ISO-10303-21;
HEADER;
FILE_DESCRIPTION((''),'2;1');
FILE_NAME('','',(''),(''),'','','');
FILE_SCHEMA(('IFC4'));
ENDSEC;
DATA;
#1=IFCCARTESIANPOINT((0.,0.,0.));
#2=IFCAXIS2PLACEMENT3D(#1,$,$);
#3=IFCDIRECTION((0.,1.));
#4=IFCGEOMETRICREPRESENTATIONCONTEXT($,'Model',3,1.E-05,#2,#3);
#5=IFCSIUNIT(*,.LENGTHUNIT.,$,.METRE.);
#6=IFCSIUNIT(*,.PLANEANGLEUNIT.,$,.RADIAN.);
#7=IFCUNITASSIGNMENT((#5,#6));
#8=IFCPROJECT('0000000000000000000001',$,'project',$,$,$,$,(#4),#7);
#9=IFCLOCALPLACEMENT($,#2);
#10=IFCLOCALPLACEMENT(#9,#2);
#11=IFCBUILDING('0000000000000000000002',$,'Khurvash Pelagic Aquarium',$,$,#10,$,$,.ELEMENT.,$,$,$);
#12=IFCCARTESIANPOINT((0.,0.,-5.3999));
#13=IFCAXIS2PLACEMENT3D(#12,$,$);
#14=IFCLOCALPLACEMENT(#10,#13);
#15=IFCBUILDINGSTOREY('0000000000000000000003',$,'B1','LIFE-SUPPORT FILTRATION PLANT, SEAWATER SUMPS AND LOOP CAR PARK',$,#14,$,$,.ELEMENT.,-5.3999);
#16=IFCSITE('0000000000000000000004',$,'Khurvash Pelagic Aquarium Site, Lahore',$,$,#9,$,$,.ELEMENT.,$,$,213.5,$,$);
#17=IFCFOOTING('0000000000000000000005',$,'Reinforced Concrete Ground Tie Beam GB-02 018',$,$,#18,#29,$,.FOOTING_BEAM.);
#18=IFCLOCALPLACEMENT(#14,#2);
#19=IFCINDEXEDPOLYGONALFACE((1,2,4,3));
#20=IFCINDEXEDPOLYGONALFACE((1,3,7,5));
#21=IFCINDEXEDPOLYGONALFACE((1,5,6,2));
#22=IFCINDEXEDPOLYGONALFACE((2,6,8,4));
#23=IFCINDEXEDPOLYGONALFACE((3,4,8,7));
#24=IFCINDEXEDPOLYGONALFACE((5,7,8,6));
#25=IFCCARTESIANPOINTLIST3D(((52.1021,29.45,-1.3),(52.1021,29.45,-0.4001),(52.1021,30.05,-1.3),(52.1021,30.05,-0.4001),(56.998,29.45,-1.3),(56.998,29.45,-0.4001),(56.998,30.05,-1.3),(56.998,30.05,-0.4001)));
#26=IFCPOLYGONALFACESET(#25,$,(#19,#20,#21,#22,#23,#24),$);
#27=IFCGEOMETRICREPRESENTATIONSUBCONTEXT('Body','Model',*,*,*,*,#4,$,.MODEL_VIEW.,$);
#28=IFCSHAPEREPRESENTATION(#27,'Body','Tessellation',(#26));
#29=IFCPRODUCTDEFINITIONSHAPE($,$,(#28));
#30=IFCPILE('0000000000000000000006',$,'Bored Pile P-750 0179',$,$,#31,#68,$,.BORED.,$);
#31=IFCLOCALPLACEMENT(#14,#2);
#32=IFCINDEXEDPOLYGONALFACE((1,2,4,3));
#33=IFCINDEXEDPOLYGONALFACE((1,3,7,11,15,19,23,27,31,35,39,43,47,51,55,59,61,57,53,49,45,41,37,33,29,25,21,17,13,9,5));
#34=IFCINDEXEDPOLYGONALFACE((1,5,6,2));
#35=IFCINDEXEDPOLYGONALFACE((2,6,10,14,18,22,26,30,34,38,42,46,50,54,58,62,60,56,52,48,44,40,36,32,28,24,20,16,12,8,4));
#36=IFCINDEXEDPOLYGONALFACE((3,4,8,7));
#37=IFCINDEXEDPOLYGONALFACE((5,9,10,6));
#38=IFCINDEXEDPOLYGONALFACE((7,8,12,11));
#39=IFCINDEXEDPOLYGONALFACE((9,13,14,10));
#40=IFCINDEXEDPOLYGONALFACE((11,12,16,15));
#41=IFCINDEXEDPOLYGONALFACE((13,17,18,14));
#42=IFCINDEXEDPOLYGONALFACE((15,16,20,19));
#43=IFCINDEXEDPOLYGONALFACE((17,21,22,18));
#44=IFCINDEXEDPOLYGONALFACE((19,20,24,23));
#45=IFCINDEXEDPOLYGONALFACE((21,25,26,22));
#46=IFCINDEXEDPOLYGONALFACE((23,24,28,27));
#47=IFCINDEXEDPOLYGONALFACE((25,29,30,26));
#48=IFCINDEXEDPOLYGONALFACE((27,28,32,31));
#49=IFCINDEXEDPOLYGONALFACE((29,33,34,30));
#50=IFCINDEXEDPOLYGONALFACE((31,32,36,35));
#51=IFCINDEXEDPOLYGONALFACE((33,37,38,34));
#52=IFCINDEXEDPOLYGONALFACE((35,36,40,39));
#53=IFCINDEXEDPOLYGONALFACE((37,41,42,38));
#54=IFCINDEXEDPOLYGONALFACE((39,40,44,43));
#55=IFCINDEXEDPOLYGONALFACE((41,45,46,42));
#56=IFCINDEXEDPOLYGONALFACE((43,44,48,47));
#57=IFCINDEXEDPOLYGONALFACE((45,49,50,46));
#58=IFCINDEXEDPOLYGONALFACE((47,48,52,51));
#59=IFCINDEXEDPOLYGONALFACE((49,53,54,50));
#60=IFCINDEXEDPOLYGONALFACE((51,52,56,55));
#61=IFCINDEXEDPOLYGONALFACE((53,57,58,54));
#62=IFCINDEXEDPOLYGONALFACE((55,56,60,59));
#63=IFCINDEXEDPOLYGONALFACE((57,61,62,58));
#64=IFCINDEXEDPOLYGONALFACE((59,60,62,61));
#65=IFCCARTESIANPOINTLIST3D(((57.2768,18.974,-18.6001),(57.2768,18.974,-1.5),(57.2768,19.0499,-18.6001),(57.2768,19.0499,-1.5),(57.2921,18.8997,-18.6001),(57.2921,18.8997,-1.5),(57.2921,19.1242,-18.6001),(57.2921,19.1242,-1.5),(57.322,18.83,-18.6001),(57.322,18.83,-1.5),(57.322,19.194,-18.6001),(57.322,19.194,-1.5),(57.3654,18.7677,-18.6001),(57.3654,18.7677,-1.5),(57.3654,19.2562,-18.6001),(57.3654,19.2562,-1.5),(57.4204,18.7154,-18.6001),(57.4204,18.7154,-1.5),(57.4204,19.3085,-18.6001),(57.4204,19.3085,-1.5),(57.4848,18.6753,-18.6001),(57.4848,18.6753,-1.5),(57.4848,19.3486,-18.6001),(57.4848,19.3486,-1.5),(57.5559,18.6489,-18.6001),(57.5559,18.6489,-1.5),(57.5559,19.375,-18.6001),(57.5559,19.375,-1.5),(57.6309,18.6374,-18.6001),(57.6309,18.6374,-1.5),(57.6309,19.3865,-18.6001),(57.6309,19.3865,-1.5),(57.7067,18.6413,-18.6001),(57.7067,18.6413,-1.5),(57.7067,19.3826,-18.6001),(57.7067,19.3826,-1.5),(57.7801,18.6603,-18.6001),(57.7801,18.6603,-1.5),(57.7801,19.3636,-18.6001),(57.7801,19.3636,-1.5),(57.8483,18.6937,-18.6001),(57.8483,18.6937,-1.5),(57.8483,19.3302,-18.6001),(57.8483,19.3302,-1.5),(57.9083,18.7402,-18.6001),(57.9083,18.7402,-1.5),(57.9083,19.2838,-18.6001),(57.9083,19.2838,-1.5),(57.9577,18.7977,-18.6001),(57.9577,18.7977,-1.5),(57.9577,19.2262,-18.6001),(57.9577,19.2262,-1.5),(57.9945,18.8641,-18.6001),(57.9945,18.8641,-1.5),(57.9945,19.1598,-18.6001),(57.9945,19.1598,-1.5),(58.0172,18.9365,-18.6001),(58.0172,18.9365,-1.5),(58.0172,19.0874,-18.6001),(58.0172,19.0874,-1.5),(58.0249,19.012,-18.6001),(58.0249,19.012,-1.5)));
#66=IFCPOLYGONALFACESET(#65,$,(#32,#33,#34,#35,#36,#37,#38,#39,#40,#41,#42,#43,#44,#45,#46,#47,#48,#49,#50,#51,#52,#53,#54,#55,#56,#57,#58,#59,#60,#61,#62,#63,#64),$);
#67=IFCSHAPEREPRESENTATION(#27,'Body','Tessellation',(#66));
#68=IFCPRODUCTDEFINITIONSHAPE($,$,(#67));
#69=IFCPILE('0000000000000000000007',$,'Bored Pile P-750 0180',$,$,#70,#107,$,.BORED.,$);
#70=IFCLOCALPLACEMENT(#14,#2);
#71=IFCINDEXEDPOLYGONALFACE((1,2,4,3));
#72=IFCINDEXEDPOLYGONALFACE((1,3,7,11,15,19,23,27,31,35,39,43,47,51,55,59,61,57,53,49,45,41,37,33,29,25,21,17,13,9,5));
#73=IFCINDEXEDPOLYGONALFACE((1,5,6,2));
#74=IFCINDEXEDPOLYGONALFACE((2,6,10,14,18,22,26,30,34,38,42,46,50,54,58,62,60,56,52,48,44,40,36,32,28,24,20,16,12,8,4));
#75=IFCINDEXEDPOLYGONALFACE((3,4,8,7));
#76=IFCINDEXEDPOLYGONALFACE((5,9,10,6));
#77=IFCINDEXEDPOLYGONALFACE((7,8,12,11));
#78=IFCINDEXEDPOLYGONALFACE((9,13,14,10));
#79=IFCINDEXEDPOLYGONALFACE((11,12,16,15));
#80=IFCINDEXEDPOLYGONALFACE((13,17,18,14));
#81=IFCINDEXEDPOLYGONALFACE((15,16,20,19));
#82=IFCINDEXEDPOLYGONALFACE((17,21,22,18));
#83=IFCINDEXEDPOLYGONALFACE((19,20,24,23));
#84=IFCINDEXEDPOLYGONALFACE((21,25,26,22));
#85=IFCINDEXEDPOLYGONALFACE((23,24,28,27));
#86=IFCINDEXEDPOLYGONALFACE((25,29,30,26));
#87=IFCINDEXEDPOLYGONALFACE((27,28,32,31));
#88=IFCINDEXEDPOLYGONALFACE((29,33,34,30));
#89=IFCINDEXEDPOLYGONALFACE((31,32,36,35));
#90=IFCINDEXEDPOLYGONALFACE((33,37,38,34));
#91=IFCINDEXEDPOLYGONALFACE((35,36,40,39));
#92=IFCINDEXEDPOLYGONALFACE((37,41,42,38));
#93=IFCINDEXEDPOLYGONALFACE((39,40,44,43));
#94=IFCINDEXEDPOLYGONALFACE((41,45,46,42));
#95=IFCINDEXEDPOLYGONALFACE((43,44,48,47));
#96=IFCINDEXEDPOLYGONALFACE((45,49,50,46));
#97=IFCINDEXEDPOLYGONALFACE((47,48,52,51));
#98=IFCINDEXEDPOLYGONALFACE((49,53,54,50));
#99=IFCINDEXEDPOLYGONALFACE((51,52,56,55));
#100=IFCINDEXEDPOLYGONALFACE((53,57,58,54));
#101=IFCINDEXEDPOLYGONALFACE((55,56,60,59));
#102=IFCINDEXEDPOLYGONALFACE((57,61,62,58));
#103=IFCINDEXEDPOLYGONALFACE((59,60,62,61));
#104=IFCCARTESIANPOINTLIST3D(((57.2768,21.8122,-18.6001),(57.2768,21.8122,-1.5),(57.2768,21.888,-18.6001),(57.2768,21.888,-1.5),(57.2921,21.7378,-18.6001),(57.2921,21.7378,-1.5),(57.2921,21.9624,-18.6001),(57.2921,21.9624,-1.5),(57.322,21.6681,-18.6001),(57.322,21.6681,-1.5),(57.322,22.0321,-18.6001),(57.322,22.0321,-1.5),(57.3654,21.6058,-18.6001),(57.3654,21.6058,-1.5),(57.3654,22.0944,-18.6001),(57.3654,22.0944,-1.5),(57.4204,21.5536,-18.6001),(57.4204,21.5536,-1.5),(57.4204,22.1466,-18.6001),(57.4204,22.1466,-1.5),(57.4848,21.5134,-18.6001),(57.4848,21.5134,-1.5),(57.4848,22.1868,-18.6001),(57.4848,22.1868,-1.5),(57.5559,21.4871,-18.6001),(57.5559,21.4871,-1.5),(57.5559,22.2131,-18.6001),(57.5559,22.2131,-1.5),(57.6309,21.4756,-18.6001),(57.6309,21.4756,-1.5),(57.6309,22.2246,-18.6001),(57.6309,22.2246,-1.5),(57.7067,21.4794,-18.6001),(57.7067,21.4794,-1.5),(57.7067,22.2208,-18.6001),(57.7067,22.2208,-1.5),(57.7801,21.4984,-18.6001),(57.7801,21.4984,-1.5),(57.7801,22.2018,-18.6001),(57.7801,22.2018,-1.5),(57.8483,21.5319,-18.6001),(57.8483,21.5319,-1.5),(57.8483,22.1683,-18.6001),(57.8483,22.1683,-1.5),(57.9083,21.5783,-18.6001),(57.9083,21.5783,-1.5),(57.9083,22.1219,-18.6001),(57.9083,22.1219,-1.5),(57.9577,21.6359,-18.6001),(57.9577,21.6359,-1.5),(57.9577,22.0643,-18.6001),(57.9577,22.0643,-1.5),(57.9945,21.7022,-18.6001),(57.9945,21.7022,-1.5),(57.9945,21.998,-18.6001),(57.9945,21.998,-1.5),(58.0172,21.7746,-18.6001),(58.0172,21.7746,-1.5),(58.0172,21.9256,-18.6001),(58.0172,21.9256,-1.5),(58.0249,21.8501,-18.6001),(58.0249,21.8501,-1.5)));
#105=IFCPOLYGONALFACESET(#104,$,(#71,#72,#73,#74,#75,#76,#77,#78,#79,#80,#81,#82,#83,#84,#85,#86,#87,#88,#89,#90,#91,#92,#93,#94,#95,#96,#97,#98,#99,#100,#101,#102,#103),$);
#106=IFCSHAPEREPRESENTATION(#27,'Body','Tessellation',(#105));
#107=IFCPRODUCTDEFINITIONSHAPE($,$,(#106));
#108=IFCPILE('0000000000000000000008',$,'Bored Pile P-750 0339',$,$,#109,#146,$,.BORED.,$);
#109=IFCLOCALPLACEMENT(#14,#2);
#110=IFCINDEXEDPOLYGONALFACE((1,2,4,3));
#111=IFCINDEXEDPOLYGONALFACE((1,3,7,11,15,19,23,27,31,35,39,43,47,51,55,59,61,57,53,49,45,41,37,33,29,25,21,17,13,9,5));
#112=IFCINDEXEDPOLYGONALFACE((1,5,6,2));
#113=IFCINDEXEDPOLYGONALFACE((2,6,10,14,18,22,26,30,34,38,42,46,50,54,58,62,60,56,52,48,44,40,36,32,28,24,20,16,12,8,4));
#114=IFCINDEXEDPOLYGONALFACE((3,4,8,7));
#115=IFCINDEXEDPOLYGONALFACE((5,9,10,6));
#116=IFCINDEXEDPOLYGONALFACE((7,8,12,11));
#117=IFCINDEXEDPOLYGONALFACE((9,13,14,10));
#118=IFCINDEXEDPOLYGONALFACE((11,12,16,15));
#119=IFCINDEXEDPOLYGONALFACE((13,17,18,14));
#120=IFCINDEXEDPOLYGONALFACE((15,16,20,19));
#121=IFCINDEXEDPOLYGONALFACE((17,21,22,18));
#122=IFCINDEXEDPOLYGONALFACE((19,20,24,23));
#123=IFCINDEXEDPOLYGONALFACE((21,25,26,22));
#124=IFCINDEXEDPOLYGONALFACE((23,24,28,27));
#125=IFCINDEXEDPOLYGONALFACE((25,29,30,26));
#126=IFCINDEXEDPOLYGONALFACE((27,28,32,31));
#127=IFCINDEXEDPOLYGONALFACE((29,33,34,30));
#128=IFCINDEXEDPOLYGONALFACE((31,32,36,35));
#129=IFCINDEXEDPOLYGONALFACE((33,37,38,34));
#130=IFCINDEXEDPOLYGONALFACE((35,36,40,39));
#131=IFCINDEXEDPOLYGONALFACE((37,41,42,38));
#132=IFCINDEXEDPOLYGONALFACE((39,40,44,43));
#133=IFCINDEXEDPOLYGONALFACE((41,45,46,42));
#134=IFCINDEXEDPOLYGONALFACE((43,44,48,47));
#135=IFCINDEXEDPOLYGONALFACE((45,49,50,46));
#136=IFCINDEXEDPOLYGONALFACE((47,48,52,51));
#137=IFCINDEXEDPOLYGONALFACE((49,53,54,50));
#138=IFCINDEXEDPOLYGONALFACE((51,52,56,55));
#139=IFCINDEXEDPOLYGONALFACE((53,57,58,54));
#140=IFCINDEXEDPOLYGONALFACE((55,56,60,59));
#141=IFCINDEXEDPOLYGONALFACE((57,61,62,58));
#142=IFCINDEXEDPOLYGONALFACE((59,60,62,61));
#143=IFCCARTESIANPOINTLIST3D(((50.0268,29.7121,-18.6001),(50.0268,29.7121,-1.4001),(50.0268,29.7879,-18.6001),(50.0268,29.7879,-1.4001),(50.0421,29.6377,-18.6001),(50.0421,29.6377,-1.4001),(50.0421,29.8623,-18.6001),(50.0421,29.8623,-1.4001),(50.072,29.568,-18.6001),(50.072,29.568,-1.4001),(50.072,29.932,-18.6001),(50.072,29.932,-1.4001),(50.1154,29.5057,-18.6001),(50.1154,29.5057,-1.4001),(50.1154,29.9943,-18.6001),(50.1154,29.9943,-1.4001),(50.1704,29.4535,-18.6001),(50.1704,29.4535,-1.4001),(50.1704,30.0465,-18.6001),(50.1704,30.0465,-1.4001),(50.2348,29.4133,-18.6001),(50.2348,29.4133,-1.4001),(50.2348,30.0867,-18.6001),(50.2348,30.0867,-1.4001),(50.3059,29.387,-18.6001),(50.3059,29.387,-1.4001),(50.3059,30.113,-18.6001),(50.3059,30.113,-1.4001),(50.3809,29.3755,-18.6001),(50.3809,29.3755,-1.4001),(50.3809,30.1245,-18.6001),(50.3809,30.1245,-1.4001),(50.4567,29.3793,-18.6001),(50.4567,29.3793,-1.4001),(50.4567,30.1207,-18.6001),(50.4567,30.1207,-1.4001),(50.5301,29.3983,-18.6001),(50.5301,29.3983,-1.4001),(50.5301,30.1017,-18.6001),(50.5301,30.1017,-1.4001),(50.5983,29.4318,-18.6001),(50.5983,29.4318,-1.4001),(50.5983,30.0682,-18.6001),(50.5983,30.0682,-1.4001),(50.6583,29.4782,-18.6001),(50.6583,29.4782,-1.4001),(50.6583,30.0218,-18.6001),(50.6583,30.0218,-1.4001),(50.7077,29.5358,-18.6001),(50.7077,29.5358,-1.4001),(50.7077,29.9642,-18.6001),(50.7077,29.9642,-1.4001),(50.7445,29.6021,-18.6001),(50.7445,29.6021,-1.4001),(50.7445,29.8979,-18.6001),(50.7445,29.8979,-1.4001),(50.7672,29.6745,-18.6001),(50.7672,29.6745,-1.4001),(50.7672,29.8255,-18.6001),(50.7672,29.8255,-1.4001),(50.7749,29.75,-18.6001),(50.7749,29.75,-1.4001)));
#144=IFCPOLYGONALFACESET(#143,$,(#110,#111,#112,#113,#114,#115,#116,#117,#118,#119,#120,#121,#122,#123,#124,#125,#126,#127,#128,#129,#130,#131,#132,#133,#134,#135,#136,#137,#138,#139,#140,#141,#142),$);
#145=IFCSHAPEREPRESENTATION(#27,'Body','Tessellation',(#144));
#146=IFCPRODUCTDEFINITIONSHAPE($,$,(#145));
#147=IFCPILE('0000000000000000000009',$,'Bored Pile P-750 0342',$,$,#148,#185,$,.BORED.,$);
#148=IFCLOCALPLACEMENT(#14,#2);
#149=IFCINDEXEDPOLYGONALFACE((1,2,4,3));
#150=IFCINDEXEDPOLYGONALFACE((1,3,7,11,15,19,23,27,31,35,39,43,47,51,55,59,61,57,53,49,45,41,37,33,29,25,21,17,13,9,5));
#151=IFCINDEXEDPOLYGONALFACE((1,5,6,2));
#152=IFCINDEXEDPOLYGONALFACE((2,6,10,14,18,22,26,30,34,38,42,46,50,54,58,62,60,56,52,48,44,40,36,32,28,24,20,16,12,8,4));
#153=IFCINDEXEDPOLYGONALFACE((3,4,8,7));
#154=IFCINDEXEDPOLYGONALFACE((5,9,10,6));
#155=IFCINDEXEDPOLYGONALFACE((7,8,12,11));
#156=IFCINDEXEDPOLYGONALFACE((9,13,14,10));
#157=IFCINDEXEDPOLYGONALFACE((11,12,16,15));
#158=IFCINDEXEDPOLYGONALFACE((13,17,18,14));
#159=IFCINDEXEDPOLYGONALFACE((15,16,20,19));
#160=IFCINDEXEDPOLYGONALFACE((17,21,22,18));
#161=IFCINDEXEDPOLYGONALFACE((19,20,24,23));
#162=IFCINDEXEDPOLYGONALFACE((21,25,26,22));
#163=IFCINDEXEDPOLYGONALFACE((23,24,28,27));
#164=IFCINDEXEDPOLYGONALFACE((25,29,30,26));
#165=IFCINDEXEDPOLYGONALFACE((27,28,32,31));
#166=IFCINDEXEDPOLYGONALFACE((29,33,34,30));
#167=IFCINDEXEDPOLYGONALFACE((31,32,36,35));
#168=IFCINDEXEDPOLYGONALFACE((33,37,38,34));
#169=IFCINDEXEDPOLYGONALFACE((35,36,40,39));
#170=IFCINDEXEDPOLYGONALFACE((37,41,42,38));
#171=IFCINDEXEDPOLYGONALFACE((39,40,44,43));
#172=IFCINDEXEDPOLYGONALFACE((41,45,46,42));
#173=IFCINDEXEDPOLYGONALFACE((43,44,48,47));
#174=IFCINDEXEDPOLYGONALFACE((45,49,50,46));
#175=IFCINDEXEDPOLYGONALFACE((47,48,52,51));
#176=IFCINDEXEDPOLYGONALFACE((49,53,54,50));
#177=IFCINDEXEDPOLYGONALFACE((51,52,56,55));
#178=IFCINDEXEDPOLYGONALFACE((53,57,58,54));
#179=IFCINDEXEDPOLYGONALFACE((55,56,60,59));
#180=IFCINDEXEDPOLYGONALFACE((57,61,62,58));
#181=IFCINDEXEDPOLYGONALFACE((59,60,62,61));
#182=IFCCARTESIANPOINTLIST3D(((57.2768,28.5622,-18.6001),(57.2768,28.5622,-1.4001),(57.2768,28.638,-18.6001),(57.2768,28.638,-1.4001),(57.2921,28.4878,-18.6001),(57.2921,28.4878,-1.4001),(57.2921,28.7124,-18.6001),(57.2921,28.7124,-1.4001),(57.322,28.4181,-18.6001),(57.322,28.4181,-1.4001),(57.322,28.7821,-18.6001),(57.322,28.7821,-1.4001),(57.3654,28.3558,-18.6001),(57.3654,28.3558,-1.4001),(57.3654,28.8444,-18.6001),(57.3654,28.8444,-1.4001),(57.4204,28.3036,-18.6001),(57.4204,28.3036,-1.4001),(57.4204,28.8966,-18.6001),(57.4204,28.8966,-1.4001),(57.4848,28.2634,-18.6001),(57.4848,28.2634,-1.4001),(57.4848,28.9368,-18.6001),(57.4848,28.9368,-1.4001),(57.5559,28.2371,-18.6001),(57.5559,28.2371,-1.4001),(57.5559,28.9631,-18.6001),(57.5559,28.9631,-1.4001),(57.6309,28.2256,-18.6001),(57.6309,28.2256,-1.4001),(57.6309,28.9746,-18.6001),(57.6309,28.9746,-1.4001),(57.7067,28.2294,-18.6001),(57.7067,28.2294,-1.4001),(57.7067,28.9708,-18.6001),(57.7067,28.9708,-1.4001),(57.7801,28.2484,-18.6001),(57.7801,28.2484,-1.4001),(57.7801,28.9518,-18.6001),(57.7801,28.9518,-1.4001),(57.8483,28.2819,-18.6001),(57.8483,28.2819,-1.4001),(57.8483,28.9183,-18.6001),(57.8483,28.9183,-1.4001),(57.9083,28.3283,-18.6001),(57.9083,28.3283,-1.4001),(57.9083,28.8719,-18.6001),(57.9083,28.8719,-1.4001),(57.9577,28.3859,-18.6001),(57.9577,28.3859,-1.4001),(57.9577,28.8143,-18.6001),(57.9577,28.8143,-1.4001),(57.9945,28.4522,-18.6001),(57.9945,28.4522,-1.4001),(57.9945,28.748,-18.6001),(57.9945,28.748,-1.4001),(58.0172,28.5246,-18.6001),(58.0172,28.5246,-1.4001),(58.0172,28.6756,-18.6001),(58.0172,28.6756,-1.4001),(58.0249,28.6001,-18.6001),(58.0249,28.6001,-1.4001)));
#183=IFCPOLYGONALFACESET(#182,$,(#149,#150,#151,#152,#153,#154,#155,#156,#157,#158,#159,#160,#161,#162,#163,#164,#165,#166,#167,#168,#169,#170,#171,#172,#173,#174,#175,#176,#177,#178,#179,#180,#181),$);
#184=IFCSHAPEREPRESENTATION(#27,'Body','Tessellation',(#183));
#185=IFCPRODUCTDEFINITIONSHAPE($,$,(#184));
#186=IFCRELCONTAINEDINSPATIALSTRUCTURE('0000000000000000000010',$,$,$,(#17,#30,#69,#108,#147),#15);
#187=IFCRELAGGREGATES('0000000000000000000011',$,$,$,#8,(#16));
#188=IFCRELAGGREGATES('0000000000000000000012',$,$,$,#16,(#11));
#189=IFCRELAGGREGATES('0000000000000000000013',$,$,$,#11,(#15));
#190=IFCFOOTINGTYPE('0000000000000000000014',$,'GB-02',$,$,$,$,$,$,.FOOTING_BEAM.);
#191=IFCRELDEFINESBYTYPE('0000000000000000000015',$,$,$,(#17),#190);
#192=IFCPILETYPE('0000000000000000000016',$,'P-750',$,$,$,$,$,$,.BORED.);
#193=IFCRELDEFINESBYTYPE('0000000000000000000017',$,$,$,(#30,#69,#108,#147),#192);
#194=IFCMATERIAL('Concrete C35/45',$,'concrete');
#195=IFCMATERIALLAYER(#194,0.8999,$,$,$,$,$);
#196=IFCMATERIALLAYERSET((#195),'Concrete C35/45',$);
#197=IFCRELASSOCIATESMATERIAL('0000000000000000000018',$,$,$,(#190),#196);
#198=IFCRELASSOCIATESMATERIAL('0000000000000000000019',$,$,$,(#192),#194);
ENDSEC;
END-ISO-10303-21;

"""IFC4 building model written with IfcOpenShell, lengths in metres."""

from ifc_helpers import new_model, si_unit, direction, frame, origin, origin_2d, place, context, subcontext, project, spatial, rectangle, circle, extrude, material, layer, layer_set, material_profile, profile_set, type_object, element, save


model = new_model("IFC4")

# Units and contexts
model_context = context("Model", 3, precision=1e-05, world=origin(), true_north=direction((0.0, 1.0)))
body_context = subcontext(model_context, "Body", "Model", "MODEL_VIEW")
ifc_project = project(units=[si_unit("LENGTHUNIT", "METRE"), si_unit("PLANEANGLEUNIT", "RADIAN")], contexts=[model_context])

# Site, building, storey
site_placement = place(None, origin())
site = spatial("IfcSite", under=ifc_project, at=site_placement, Name="Khurvash Pelagic Aquarium Site, Lahore", CompositionType="ELEMENT", RefElevation=213.5)
building_placement = place(site_placement, origin())
building = spatial("IfcBuilding", under=site, at=building_placement, Name="Khurvash Pelagic Aquarium", CompositionType="ELEMENT")
storey_placement = place(building_placement, frame((0.0, 0.0, -5.3999)))
storey = spatial("IfcBuildingStorey", under=building, at=storey_placement, Name="B1", Description="LIFE-SUPPORT FILTRATION PLANT, SEAWATER SUMPS AND LOOP CAR PARK", CompositionType="ELEMENT", Elevation=-5.3999)

# Footing
ifc_material_1 = material(Name="Concrete C35/45", Category="concrete")
ifc_layer_1 = layer(ifc_material_1, 0.8999)
ifc_layer_set_1 = layer_set([ifc_layer_1], Name="Concrete C35/45")
footing_type_1 = type_object("IfcFootingType", Name="GB-02", PredefinedType="FOOTING_BEAM", material=ifc_layer_set_1)
footing_1_placement = place(storey_placement, frame((54.55, 29.75, -1.3), z_axis=(0.0, 0.0, 1.0), x_axis=(1.0, 0.0, 0.0)))
element("IfcFooting", 1, at=footing_1_placement, inside=storey, type_object=footing_type_1, Name="Reinforced Concrete Ground Tie Beam GB-02 018", PredefinedType="FOOTING_BEAM", context=body_context, shape_type="SweptSolid", body=[
    extrude(rectangle(XDim=4.896, YDim=0.6001, at=origin_2d()), origin(), (0.0, 0.0, 1.0), 0.8999),
])

# Piles
ifc_material_profile_1 = material_profile(ifc_material_1, circle(Radius=0.375, at=origin_2d()), Name="PILE750")
ifc_profile_set_1 = profile_set([ifc_material_profile_1], Name="Concrete C35/45")
pile_type = type_object("IfcPileType", Name="P-750", PredefinedType="BORED", material=ifc_profile_set_1)
for number, where, z_axis, x_axis, name in (
    (2, (57.6499, 19.012, -1.5), (0.0, 0.0, -1.0), (1.0, 0.0, 0.0), "Bored Pile P-750 0179"),
    (3, (57.6499, 21.8501, -1.5), (0.0, 0.0, -1.0), (1.0, 0.0, 0.0), "Bored Pile P-750 0180"),
):
    element("IfcPile", number, at=place(storey_placement, frame(where, z_axis=z_axis, x_axis=x_axis)), inside=storey, type_object=pile_type, Name=name, PredefinedType="BORED", context=body_context, shape_type="SweptSolid", body=[
        extrude(circle(Radius=0.375, at=origin_2d()), origin(), (0.0, 0.0, 1.0), 17.1001),
    ])
for number, where, z_axis, x_axis, name in (
    (4, (50.3999, 29.75, -1.4001), (0.0, 0.0, -1.0), (1.0, 0.0, 0.0), "Bored Pile P-750 0339"),
    (5, (57.6499, 28.6001, -1.4001), (0.0, 0.0, -1.0), (1.0, 0.0, 0.0), "Bored Pile P-750 0342"),
):
    element("IfcPile", number, at=place(storey_placement, frame(where, z_axis=z_axis, x_axis=x_axis)), inside=storey, type_object=pile_type, Name=name, PredefinedType="BORED", context=body_context, shape_type="SweptSolid", body=[
        extrude(circle(Radius=0.375, at=origin_2d()), origin(), (0.0, 0.0, 1.0), 17.2),
    ])

save(model, "model.ifc")
